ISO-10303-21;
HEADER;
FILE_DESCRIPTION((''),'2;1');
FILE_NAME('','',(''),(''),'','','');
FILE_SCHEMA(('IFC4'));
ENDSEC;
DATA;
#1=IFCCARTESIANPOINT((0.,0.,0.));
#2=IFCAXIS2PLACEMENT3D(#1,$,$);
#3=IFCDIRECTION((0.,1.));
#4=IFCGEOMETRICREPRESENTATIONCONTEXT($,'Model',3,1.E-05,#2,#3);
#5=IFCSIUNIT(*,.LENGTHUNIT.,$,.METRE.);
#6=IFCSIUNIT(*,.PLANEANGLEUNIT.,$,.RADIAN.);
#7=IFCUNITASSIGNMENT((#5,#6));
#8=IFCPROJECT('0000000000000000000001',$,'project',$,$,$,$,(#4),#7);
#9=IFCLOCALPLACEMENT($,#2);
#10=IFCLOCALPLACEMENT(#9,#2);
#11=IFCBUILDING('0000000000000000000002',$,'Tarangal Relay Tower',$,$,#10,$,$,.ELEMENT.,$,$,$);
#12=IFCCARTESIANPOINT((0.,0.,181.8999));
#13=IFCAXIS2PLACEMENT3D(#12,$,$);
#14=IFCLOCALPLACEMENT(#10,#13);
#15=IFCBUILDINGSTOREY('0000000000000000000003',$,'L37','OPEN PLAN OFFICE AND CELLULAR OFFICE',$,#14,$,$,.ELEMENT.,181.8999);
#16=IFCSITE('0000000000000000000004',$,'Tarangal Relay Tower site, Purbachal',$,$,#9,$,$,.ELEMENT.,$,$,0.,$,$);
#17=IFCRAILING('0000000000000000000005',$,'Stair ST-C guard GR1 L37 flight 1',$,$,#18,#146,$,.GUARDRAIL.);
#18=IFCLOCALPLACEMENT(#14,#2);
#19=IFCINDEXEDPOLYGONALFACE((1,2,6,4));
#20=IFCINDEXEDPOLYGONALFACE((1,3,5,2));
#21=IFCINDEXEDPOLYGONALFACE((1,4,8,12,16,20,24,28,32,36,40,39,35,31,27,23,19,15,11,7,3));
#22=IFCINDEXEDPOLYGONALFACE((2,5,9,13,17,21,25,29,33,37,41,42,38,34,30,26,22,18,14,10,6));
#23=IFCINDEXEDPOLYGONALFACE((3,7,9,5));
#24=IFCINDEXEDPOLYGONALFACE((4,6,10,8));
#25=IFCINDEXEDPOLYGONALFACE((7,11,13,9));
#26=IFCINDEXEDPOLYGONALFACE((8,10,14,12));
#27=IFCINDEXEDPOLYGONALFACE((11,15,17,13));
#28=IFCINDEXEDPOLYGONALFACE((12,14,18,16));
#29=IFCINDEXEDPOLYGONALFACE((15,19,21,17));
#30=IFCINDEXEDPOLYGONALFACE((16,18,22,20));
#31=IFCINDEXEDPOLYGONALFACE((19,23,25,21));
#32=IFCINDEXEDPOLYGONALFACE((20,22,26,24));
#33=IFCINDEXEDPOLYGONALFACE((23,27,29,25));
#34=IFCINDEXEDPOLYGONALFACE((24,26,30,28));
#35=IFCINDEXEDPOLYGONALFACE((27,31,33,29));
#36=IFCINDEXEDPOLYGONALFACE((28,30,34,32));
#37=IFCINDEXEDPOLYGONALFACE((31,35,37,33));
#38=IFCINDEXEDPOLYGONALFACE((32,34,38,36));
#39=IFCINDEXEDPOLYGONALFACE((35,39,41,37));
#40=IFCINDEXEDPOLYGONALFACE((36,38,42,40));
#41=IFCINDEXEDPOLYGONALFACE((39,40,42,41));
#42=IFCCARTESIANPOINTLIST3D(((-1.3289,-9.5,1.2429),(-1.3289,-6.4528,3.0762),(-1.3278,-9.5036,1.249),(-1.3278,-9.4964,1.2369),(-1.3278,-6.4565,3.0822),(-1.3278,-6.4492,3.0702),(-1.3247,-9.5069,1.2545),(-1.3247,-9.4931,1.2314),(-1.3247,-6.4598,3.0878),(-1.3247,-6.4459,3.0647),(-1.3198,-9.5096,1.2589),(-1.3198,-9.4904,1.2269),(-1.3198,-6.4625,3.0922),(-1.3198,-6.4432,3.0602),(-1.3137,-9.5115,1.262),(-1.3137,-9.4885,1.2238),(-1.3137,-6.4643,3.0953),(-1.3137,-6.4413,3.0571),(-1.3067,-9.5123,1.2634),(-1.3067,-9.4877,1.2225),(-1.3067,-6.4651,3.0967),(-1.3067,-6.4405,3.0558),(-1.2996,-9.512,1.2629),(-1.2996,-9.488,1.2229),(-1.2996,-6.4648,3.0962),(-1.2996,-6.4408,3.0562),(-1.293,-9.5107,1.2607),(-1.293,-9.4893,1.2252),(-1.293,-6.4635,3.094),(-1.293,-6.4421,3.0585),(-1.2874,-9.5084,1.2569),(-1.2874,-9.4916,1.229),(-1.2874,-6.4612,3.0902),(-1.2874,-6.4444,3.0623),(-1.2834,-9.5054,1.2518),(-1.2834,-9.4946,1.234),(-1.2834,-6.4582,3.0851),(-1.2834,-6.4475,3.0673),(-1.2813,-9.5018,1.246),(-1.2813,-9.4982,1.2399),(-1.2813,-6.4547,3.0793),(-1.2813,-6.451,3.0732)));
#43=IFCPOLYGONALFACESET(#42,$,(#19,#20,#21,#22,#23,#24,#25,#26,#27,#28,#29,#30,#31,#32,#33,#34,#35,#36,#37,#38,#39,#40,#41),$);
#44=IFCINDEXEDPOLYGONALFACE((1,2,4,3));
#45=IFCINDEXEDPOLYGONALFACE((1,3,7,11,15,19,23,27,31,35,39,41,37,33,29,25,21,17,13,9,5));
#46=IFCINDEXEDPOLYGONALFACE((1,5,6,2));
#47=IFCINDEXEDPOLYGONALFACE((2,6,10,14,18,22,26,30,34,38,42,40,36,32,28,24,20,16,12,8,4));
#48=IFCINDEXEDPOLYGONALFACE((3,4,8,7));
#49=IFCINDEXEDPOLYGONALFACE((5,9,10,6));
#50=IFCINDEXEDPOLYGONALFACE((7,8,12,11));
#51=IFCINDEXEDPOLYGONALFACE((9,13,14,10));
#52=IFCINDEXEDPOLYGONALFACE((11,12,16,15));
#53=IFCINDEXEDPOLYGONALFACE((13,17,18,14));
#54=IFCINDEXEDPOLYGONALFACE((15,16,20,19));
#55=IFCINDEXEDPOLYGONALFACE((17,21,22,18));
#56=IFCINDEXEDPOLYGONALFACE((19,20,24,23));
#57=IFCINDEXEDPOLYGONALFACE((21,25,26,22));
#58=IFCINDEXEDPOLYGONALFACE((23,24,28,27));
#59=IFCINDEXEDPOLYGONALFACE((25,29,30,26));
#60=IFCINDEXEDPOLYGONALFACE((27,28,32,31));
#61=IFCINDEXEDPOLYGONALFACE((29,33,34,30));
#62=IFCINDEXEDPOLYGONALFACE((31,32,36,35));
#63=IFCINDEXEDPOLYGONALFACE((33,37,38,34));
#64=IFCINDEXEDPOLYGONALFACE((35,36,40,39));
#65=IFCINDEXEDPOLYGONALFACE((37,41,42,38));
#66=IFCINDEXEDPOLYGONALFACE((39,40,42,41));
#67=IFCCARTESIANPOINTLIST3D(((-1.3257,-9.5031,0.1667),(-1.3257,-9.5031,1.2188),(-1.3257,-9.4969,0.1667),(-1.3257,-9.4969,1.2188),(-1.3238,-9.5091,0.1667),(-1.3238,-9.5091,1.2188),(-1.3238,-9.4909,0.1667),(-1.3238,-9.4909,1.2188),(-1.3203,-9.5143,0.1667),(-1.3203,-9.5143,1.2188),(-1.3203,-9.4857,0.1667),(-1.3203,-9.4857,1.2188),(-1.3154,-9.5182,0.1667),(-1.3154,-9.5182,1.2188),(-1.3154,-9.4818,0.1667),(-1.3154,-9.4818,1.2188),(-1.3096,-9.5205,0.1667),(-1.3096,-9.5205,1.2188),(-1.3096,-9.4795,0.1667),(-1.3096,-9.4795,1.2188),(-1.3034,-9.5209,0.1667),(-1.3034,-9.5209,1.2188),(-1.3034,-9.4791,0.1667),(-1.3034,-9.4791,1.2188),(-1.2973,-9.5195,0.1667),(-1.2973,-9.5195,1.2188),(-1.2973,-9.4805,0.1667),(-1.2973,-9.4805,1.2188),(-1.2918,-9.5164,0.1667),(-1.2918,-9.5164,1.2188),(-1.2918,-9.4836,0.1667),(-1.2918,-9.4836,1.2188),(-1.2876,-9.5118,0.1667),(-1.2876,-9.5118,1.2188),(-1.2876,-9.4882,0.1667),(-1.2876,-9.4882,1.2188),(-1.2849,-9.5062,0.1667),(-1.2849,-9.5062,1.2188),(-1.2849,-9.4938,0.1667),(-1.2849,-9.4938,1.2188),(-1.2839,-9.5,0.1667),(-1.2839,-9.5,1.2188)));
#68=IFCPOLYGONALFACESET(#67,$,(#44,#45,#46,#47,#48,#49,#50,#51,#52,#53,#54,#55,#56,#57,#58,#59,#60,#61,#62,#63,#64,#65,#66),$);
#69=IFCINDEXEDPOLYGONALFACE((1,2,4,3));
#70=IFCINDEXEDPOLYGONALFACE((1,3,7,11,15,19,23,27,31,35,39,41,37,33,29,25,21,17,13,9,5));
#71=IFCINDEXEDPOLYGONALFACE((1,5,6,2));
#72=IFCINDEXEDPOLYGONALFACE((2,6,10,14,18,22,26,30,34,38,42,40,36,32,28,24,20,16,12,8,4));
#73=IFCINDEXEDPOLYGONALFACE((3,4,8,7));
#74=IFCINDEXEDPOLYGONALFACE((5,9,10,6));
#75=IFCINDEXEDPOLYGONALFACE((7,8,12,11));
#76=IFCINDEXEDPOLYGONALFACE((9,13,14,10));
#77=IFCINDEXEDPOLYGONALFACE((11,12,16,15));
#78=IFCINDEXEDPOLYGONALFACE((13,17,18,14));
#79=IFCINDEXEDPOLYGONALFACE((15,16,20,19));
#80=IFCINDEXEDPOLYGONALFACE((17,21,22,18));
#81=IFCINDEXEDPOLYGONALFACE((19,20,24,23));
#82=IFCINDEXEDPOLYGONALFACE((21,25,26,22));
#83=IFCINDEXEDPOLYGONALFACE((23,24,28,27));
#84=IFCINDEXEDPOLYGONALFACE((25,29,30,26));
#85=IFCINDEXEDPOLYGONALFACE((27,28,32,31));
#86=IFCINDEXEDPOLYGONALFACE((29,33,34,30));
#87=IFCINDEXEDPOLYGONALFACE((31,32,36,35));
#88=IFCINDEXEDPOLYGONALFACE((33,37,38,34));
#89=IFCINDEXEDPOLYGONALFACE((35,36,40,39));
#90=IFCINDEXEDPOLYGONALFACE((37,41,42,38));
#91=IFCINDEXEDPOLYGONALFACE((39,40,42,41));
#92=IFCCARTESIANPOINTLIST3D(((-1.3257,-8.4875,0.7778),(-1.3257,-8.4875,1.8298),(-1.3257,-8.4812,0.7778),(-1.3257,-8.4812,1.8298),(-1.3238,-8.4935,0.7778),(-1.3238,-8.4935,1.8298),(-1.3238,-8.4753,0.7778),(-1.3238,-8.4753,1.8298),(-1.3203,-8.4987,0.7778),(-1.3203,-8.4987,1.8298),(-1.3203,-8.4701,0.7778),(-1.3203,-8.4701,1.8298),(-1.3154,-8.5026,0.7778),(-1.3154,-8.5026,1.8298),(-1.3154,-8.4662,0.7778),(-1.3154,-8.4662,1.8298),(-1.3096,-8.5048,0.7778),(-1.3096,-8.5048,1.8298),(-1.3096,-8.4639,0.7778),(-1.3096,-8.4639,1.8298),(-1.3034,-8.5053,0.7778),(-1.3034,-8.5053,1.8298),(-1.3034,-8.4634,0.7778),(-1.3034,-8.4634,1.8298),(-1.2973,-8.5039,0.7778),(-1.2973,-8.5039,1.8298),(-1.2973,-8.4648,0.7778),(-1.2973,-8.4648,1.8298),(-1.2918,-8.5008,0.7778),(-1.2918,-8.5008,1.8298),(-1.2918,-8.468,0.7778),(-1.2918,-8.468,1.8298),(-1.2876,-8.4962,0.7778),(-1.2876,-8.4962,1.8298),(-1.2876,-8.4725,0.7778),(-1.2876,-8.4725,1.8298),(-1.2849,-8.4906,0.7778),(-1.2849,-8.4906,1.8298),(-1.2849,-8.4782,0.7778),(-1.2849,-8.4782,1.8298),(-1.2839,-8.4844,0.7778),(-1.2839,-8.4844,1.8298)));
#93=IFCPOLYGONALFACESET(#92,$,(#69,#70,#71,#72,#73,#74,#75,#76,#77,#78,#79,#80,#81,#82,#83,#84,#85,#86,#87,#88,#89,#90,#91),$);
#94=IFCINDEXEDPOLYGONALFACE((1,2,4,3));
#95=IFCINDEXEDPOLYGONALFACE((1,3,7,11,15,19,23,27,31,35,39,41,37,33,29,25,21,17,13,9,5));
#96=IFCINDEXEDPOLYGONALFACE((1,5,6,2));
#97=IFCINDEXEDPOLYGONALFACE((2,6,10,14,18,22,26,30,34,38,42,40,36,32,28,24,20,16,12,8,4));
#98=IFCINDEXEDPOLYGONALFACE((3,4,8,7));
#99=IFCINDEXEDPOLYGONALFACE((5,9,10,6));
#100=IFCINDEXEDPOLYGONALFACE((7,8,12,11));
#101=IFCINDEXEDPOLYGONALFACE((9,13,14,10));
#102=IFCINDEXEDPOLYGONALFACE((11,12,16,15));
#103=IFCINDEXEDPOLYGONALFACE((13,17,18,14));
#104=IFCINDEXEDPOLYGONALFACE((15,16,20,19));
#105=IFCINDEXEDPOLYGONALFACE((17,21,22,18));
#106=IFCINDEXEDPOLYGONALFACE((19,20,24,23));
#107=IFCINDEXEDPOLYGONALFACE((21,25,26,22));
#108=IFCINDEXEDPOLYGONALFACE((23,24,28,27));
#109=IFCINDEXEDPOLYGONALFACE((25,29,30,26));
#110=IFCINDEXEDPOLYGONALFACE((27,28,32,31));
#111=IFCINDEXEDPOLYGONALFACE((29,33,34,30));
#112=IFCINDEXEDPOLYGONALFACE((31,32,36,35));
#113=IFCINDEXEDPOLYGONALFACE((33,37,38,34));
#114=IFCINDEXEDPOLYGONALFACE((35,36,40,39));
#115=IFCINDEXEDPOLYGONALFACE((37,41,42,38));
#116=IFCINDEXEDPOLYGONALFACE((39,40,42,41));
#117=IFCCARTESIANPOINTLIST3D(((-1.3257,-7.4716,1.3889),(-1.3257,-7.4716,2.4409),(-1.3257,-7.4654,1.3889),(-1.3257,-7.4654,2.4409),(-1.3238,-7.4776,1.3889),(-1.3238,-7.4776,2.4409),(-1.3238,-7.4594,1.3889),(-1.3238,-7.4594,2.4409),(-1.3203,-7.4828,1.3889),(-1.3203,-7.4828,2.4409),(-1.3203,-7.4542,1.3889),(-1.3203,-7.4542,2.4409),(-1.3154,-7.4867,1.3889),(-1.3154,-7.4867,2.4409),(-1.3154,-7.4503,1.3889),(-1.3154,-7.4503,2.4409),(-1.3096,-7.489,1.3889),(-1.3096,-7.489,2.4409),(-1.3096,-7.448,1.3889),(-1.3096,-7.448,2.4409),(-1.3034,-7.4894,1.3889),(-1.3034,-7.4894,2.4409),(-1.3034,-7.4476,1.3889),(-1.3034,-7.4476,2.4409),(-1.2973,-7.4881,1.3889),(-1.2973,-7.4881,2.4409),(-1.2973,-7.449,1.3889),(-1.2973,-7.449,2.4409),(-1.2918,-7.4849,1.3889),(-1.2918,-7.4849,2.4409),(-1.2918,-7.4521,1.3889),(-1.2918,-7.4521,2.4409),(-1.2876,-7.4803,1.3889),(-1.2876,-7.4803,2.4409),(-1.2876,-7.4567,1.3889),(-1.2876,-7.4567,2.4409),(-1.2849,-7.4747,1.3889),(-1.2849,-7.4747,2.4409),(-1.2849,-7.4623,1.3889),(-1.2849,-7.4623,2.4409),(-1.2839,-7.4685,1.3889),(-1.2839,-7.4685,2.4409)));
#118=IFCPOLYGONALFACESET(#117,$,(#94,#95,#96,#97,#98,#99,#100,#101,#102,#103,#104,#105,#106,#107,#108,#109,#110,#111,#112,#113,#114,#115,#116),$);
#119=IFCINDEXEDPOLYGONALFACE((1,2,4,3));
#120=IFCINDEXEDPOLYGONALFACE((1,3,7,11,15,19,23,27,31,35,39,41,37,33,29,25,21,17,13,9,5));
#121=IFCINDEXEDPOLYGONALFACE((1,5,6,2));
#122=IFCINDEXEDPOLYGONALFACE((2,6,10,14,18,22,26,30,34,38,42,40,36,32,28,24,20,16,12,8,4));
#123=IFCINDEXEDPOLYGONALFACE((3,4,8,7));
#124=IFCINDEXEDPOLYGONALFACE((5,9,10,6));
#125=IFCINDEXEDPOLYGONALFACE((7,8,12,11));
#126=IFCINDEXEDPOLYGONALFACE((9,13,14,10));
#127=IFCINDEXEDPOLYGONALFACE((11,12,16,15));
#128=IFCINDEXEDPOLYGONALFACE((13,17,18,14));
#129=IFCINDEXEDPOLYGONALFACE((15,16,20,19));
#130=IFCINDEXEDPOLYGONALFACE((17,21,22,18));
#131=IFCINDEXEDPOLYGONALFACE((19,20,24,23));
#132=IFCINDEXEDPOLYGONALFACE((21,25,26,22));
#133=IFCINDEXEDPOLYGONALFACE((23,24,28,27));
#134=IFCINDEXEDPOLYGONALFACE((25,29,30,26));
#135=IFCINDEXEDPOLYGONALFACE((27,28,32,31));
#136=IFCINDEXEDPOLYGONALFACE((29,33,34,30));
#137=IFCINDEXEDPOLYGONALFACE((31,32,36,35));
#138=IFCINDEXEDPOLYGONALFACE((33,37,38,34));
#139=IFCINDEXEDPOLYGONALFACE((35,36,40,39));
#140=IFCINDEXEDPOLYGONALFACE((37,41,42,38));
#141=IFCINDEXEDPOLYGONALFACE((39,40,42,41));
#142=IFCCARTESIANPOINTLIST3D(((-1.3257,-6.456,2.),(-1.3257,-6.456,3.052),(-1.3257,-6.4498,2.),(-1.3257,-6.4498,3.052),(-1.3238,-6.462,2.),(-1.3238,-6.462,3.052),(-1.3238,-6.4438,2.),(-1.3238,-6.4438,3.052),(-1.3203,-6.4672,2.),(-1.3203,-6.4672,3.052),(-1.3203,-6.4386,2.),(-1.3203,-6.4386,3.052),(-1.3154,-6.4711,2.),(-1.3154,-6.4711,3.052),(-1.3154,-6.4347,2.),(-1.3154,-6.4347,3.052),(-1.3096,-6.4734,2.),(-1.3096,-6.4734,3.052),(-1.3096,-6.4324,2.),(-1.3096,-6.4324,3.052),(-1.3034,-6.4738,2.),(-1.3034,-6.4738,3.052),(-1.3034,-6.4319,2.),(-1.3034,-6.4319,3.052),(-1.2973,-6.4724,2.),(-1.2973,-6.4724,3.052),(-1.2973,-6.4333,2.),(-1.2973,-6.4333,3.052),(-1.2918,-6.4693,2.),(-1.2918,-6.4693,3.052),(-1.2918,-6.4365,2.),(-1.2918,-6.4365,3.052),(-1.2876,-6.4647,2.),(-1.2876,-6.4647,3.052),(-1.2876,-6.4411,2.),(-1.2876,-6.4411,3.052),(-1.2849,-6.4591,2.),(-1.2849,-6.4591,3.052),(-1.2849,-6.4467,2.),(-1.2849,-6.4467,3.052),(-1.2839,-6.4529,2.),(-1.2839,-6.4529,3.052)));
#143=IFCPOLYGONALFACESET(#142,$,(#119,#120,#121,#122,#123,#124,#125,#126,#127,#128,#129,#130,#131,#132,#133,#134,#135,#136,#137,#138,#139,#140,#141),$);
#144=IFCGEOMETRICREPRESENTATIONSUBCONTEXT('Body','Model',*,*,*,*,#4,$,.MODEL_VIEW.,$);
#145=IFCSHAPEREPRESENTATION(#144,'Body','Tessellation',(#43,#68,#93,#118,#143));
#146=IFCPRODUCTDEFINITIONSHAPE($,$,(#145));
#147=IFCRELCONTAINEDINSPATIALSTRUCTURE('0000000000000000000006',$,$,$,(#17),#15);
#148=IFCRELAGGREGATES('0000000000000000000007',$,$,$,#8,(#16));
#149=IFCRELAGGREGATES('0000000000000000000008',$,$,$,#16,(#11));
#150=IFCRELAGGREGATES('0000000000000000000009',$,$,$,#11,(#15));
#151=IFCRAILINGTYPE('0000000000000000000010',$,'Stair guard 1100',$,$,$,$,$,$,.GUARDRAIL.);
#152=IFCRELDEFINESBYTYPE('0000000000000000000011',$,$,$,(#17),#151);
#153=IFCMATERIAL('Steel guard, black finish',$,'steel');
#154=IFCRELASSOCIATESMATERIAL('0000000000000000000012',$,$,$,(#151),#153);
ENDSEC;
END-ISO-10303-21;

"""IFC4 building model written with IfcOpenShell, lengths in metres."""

from ifc_helpers import new_model, si_unit, direction, frame, origin, origin_2d, place, context, subcontext, project, spatial, circle, extrude, material, type_object, element, save


model = new_model("IFC4")

# Units and contexts
model_context = context("Model", 3, precision=1e-05, world=origin(), true_north=direction((0.0, 1.0)))
body_context = subcontext(model_context, "Body", "Model", "MODEL_VIEW")
ifc_project = project(units=[si_unit("LENGTHUNIT", "METRE"), si_unit("PLANEANGLEUNIT", "RADIAN")], contexts=[model_context])

# Site, building, storey
site_placement = place(None, origin())
site = spatial("IfcSite", under=ifc_project, at=site_placement, Name="Tarangal Relay Tower site, Purbachal", CompositionType="ELEMENT", RefElevation=0.0)
building_placement = place(site_placement, origin())
building = spatial("IfcBuilding", under=site, at=building_placement, Name="Tarangal Relay Tower", CompositionType="ELEMENT")
storey_placement = place(building_placement, frame((0.0, 0.0, 181.8999)))
storey = spatial("IfcBuildingStorey", under=building, at=storey_placement, Name="L37", Description="OPEN PLAN OFFICE AND CELLULAR OFFICE", CompositionType="ELEMENT", Elevation=181.8999)

# Railing
ifc_material_1 = material(Name="Steel guard, black finish", Category="steel")
railing_type_1 = type_object("IfcRailingType", Name="Stair guard 1100", PredefinedType="GUARDRAIL", material=ifc_material_1)
railing_1_placement = place(storey_placement, frame((-1.3049, -9.5, 0.1667)))
element("IfcRailing", 1, at=railing_1_placement, inside=storey, type_object=railing_type_1, Name="Stair ST-C guard GR1 L37 flight 1", PredefinedType="GUARDRAIL", context=body_context, shape_type="SweptSolid", body=[
    extrude(circle(Radius=0.0239, at=origin_2d()), frame((0.0, 0.0, 1.0762), z_axis=(0.0, 0.856874, 0.515525), x_axis=(-1.0, 0.0, 0.0)), (0.0, 0.0, 1.0), 3.5562),
    extrude(circle(Radius=0.021, at=origin_2d()), origin(), (0.0, 0.0, 1.0), 1.052),
    extrude(circle(Radius=0.021, at=origin_2d()), frame((0.0, 1.0156, 0.6111)), (0.0, 0.0, 1.0), 1.052),
    extrude(circle(Radius=0.021, at=origin_2d()), frame((0.0, 2.0315, 1.2222)), (0.0, 0.0, 1.0), 1.052),
    extrude(circle(Radius=0.021, at=origin_2d()), frame((0.0, 3.0471, 1.8333)), (0.0, 0.0, 1.0), 1.052),
])

save(model, "model.ifc")
